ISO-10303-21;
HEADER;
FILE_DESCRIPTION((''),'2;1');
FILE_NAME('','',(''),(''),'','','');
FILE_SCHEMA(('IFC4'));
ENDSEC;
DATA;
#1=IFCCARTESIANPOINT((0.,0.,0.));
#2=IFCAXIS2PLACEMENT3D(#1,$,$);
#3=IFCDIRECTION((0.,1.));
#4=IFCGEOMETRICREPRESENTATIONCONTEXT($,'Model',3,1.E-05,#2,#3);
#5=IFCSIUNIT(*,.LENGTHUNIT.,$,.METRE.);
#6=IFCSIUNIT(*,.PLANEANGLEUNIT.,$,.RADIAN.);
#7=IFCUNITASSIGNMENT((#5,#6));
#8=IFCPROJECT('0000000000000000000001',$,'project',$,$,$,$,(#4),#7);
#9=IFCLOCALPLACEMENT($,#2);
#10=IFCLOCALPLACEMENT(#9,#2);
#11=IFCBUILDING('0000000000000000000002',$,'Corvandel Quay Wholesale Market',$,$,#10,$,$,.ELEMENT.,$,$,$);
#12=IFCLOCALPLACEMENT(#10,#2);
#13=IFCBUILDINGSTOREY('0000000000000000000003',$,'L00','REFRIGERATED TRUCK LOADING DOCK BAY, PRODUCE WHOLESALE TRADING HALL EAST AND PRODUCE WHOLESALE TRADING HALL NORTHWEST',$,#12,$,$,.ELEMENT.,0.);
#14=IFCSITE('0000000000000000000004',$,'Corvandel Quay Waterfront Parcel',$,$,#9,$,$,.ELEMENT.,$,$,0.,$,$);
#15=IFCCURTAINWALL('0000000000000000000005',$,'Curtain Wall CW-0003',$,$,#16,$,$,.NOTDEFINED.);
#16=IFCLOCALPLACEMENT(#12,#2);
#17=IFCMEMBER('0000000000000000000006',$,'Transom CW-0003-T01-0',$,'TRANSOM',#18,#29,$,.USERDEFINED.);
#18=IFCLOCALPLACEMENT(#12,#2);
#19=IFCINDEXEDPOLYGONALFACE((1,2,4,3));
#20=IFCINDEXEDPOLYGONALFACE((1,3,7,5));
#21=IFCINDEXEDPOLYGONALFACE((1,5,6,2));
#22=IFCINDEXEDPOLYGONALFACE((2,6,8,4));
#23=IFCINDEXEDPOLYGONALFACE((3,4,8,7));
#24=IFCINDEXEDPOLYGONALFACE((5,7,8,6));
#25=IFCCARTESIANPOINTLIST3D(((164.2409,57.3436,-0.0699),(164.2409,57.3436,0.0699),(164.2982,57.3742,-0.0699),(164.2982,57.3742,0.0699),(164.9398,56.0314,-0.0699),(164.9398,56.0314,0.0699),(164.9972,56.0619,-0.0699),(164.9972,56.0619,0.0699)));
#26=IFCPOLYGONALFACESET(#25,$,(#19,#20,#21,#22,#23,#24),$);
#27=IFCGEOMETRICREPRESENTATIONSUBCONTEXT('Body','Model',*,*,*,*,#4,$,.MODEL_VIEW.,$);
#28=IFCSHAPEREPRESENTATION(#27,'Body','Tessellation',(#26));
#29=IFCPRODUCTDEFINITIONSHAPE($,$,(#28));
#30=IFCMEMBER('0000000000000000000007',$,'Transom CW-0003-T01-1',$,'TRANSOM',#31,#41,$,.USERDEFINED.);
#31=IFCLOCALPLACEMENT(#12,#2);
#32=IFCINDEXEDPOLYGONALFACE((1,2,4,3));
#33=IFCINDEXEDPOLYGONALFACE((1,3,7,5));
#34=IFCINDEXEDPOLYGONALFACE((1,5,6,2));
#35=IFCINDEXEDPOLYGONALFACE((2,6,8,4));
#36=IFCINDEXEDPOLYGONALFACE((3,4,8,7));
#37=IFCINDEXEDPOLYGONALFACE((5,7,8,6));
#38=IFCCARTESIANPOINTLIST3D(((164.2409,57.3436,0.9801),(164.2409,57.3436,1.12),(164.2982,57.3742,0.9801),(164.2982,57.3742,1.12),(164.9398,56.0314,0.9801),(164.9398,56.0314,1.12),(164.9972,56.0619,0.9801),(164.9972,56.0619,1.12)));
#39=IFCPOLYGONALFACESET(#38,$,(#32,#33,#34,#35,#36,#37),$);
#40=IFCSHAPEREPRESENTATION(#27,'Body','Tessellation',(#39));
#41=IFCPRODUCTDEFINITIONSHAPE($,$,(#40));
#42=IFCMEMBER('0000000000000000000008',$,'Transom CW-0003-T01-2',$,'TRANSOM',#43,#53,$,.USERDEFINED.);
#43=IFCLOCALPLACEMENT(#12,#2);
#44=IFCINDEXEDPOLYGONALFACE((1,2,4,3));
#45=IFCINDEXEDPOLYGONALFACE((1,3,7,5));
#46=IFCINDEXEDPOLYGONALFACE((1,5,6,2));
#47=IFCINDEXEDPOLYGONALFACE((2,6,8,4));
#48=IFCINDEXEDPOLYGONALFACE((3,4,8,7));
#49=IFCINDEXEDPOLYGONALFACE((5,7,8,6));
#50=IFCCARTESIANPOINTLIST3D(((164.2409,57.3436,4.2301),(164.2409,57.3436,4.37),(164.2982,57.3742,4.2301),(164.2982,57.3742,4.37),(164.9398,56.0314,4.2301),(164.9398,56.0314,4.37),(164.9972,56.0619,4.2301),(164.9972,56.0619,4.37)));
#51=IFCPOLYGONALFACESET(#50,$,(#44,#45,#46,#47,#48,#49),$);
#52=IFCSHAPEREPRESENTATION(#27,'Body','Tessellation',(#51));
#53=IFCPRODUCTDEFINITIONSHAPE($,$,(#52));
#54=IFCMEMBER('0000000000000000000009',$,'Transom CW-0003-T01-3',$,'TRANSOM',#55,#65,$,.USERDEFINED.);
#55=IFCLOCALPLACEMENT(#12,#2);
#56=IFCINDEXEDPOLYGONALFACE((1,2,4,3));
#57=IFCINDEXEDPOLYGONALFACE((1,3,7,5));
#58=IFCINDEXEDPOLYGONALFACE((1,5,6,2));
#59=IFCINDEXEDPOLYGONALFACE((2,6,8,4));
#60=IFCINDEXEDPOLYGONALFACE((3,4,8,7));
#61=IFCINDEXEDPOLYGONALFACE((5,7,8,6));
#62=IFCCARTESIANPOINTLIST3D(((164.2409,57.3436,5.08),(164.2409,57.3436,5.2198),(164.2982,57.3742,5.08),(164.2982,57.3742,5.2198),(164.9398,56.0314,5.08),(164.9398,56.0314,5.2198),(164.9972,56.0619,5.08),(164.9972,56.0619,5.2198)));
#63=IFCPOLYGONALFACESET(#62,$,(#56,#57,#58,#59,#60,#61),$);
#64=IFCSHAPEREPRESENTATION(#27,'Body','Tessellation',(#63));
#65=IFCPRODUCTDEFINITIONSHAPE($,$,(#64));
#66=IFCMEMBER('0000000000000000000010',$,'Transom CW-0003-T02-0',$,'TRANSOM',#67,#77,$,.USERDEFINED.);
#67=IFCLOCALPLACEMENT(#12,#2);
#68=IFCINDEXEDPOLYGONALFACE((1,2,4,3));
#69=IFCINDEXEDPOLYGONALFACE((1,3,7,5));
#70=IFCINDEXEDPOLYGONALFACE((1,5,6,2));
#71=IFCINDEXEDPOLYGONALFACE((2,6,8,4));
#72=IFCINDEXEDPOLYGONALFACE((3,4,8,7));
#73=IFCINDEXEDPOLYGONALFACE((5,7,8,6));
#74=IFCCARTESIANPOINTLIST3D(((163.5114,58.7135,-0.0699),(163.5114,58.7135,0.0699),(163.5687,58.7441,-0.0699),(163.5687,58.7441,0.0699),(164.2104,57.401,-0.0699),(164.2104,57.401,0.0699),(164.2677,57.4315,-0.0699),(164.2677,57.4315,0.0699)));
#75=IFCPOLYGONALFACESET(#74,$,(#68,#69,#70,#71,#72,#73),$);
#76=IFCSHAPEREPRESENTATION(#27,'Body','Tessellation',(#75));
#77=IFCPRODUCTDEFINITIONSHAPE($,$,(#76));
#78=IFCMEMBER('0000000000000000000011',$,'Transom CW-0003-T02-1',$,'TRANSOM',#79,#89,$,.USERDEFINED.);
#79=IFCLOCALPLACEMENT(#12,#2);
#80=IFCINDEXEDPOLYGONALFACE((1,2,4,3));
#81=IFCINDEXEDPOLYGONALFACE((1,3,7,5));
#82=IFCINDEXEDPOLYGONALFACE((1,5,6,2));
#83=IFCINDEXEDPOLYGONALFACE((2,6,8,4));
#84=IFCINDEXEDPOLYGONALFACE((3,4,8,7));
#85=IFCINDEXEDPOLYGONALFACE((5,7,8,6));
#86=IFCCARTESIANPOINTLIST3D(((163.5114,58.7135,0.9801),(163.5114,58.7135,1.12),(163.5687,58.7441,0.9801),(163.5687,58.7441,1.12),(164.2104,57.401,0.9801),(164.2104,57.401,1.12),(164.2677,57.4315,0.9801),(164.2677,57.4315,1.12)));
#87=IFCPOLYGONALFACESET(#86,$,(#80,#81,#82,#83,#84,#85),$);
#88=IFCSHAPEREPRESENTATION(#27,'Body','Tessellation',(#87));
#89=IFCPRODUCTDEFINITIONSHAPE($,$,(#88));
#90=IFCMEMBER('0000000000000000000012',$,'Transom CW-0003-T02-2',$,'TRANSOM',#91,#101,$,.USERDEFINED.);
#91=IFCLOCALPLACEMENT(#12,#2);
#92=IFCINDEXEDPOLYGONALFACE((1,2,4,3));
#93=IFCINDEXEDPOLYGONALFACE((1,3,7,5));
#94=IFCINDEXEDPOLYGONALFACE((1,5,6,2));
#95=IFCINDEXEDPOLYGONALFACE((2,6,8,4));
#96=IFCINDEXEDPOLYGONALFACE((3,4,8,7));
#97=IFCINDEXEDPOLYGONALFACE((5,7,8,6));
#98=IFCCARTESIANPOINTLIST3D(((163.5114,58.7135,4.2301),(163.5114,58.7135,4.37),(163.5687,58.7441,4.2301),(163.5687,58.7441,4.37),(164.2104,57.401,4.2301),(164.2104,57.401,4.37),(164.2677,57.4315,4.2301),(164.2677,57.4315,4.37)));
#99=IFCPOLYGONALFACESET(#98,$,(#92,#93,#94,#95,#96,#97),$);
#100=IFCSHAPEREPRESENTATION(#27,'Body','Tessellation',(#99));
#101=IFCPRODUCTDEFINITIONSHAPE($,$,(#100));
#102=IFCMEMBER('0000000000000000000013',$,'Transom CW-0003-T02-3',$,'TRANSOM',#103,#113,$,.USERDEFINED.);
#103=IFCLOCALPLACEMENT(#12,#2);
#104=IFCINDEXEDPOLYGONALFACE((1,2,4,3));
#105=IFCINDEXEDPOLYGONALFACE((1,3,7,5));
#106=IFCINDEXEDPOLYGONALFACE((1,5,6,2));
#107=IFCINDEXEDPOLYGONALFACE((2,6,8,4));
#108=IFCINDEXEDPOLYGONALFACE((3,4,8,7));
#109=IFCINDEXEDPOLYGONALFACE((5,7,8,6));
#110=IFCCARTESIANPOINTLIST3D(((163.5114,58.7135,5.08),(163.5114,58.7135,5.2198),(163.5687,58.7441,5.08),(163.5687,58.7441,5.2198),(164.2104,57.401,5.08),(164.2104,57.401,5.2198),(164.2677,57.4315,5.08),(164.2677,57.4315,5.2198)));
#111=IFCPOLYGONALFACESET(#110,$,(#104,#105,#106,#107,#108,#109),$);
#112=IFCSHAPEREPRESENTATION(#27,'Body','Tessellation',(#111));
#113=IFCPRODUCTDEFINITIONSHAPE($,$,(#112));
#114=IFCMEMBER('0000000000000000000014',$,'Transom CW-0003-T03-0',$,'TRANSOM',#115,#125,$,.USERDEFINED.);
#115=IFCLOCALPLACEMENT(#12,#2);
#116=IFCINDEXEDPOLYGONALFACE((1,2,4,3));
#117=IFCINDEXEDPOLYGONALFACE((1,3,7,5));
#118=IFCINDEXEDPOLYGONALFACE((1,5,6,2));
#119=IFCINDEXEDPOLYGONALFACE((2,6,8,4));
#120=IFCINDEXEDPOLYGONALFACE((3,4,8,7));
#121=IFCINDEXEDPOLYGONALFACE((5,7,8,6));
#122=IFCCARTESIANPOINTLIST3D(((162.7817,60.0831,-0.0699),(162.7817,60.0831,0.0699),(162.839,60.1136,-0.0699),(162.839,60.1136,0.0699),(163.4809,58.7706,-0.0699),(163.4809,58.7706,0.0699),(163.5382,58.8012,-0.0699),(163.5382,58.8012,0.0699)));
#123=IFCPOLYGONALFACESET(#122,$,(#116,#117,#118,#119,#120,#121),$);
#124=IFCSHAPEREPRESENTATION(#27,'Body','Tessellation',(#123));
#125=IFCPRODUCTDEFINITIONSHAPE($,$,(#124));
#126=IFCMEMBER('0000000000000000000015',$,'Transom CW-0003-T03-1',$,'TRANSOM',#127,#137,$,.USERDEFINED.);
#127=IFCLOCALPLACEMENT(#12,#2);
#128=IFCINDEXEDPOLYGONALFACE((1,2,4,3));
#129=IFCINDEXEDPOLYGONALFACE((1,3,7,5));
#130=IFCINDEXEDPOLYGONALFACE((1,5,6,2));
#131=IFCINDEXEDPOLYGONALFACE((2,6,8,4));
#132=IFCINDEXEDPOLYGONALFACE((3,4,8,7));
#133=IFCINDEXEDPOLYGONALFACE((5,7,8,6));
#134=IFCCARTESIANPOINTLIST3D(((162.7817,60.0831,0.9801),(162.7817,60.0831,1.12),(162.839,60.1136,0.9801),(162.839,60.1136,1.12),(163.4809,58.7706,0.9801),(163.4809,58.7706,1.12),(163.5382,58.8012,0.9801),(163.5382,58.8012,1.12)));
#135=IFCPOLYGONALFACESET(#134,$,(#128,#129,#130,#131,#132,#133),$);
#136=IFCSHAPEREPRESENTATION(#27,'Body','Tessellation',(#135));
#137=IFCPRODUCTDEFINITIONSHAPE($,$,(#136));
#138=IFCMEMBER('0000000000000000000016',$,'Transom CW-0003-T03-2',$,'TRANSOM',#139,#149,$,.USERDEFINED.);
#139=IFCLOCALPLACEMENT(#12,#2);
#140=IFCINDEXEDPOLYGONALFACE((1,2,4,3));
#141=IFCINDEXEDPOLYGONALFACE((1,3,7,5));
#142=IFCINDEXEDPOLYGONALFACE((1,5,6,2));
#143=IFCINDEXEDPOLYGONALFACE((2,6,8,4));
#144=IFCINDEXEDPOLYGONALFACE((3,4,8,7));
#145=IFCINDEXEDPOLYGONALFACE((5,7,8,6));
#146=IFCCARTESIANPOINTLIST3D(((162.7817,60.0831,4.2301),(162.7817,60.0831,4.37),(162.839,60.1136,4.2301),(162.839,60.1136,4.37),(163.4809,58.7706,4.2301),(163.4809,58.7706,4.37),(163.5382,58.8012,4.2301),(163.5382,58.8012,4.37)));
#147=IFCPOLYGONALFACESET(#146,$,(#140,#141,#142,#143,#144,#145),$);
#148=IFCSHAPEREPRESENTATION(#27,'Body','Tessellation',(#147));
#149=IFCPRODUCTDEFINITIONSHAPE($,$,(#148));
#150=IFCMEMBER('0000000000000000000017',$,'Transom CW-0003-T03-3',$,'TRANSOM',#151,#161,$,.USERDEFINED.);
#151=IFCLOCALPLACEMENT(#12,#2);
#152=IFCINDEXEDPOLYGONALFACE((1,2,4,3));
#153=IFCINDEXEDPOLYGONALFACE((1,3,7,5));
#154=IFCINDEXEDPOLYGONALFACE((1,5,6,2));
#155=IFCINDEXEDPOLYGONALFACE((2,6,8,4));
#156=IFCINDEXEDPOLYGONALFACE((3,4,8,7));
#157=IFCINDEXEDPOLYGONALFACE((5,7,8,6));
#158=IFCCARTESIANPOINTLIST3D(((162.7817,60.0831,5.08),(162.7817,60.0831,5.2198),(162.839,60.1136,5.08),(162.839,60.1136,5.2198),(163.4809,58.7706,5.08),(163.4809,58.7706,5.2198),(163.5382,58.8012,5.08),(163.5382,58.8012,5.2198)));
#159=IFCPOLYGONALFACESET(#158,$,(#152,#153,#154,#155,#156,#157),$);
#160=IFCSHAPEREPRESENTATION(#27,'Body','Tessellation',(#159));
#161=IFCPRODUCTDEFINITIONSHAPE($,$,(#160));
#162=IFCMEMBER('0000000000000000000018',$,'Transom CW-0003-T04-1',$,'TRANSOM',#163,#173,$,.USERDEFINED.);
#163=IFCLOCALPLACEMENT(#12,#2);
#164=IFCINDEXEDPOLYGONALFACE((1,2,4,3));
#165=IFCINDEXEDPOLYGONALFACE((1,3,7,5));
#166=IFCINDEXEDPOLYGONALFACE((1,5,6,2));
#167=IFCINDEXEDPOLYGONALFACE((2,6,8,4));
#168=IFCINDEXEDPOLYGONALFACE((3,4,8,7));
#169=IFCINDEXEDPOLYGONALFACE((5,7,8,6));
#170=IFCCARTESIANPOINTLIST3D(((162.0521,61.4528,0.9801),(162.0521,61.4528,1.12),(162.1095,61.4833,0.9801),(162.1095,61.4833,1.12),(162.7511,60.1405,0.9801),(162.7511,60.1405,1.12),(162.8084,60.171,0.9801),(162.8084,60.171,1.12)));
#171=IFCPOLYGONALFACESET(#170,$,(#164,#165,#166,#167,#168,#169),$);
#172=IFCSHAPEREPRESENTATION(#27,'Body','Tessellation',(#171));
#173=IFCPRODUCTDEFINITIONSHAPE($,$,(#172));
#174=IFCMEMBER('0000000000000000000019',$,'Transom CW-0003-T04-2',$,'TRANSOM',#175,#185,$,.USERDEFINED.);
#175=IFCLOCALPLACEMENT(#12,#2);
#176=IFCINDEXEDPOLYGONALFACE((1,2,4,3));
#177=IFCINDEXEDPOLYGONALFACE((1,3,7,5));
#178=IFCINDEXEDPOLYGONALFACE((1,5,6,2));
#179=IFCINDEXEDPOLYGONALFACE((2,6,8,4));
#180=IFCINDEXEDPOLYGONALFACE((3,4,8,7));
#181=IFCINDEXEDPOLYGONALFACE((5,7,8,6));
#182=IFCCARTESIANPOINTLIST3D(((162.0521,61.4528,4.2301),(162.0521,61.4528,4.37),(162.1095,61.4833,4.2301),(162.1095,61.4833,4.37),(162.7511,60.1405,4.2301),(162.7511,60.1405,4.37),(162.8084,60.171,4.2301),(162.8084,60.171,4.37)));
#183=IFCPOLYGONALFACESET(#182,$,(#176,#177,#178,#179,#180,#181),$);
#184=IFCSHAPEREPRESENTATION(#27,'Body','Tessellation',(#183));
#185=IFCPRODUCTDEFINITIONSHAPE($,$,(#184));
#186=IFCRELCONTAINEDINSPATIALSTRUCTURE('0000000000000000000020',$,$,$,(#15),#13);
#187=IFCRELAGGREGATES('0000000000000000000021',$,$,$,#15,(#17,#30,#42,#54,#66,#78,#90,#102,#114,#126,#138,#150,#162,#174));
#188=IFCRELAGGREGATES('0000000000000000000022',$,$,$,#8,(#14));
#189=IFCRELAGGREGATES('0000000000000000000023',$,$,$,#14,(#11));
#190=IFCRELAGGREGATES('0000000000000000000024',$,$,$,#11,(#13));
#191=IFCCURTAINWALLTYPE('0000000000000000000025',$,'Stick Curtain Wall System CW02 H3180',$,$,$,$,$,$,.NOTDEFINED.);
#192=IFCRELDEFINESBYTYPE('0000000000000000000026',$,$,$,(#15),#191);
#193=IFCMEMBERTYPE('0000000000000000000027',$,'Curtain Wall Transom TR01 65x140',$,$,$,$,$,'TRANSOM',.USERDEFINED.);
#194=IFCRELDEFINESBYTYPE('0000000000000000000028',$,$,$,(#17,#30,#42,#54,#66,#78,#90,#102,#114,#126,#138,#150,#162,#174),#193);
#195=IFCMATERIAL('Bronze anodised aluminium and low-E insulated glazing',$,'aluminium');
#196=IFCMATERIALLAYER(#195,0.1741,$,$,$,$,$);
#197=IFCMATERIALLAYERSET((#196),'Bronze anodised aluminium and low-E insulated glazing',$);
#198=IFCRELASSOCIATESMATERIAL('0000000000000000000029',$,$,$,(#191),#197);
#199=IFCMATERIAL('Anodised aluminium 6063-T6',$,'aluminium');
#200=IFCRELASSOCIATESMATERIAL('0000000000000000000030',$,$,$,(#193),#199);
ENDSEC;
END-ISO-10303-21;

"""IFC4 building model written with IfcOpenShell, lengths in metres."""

from ifc_helpers import new_model, si_unit, direction, frame, origin, origin_2d, place, context, subcontext, project, spatial, rectangle, extrude, material, layer, layer_set, material_profile, profile_set, type_object, element, aggregate, save


model = new_model("IFC4")

# Units and contexts
model_context = context("Model", 3, precision=1e-05, world=origin(), true_north=direction((0.0, 1.0)))
body_context = subcontext(model_context, "Body", "Model", "MODEL_VIEW")
ifc_project = project(units=[si_unit("LENGTHUNIT", "METRE"), si_unit("PLANEANGLEUNIT", "RADIAN")], contexts=[model_context])

# Site, building, storey
site_placement = place(None, origin())
site = spatial("IfcSite", under=ifc_project, at=site_placement, Name="Corvandel Quay Waterfront Parcel", CompositionType="ELEMENT", RefElevation=0.0)
building_placement = place(site_placement, origin())
building = spatial("IfcBuilding", under=site, at=building_placement, Name="Corvandel Quay Wholesale Market", CompositionType="ELEMENT")
storey_placement = place(building_placement, origin())
storey = spatial("IfcBuildingStorey", under=building, at=storey_placement, Name="L00", Description="REFRIGERATED TRUCK LOADING DOCK BAY, PRODUCE WHOLESALE TRADING HALL EAST AND PRODUCE WHOLESALE TRADING HALL NORTHWEST", CompositionType="ELEMENT", Elevation=0.0)

# Curtain wall, members
ifc_material_1 = material(Name="Bronze anodised aluminium and low-E insulated glazing", Category="aluminium")
ifc_layer_1 = layer(ifc_material_1, 0.1741)
ifc_layer_set_1 = layer_set([ifc_layer_1], Name="Bronze anodised aluminium and low-E insulated glazing")
curtain_wall_type = type_object("IfcCurtainWallType", Name="Stick Curtain Wall System CW02 H3180", PredefinedType="NOTDEFINED", material=ifc_layer_set_1)
curtain_wall_placement = place(storey_placement, origin())
curtain_wall = element("IfcCurtainWall", 1, at=curtain_wall_placement, inside=storey, type_object=curtain_wall_type, Name="Curtain Wall CW-0003", PredefinedType="NOTDEFINED")
ifc_material_2 = material(Name="Anodised aluminium 6063-T6", Category="aluminium")
ifc_material_profile_1 = material_profile(ifc_material_2, rectangle(XDim=0.0649, YDim=0.1399, at=origin_2d()), Name="ALU-TRN-65x140")
ifc_profile_set_1 = profile_set([ifc_material_profile_1], Name="Anodised aluminium 6063-T6")
member_type_1 = type_object("IfcMemberType", Name="Curtain Wall Transom TR01 65x140", ElementType="TRANSOM", PredefinedType="USERDEFINED", material=ifc_profile_set_1)
member_1_placement = place(storey_placement, frame((164.9685, 56.0466, 0.0), z_axis=(-0.470119, 0.882603, 0.0), x_axis=(-0.882603, -0.470119, 0.0)))
member_1 = element("IfcMember", 2, at=member_1_placement, type_object=member_type_1, Name="Transom CW-0003-T01-0", ObjectType="TRANSOM", PredefinedType="USERDEFINED", context=body_context, shape_type="SweptSolid", body=[
    extrude(rectangle(XDim=0.0649, YDim=0.1399, at=origin_2d()), origin(), (0.0, 0.0, 1.0), 1.4868),
])
member_2_placement = place(storey_placement, frame((164.9685, 56.0466, 1.05), z_axis=(-0.470119, 0.882603, 0.0), x_axis=(-0.882603, -0.470119, 0.0)))
member_2 = element("IfcMember", 3, at=member_2_placement, type_object=member_type_1, Name="Transom CW-0003-T01-1", ObjectType="TRANSOM", PredefinedType="USERDEFINED", context=body_context, shape_type="SweptSolid", body=[
    extrude(rectangle(XDim=0.0649, YDim=0.1399, at=origin_2d()), origin(), (0.0, 0.0, 1.0), 1.4868),
])
member_3_placement = place(storey_placement, frame((164.9685, 56.0466, 4.3), z_axis=(-0.470119, 0.882603, 0.0), x_axis=(-0.882603, -0.470119, 0.0)))
member_3 = element("IfcMember", 4, at=member_3_placement, type_object=member_type_1, Name="Transom CW-0003-T01-2", ObjectType="TRANSOM", PredefinedType="USERDEFINED", context=body_context, shape_type="SweptSolid", body=[
    extrude(rectangle(XDim=0.0649, YDim=0.1399, at=origin_2d()), origin(), (0.0, 0.0, 1.0), 1.4868),
])
member_4_placement = place(storey_placement, frame((164.9685, 56.0466, 5.1499), z_axis=(-0.470119, 0.882603, 0.0), x_axis=(-0.882603, -0.470119, 0.0)))
member_4 = element("IfcMember", 5, at=member_4_placement, type_object=member_type_1, Name="Transom CW-0003-T01-3", ObjectType="TRANSOM", PredefinedType="USERDEFINED", context=body_context, shape_type="SweptSolid", body=[
    extrude(rectangle(XDim=0.0649, YDim=0.1399, at=origin_2d()), origin(), (0.0, 0.0, 1.0), 1.4868),
])
member_5_placement = place(storey_placement, frame((164.239, 57.4163, 0.0), z_axis=(-0.470051, 0.882639, 0.0), x_axis=(-0.882639, -0.470051, 0.0)))
member_5 = element("IfcMember", 6, at=member_5_placement, type_object=member_type_1, Name="Transom CW-0003-T02-0", ObjectType="TRANSOM", PredefinedType="USERDEFINED", context=body_context, shape_type="SweptSolid", body=[
    extrude(rectangle(XDim=0.0649, YDim=0.1399, at=origin_2d()), origin(), (0.0, 0.0, 1.0), 1.4871),
])
member_6_placement = place(storey_placement, frame((164.239, 57.4163, 1.05), z_axis=(-0.470051, 0.882639, 0.0), x_axis=(-0.882639, -0.470051, 0.0)))
member_6 = element("IfcMember", 7, at=member_6_placement, type_object=member_type_1, Name="Transom CW-0003-T02-1", ObjectType="TRANSOM", PredefinedType="USERDEFINED", context=body_context, shape_type="SweptSolid", body=[
    extrude(rectangle(XDim=0.0649, YDim=0.1399, at=origin_2d()), origin(), (0.0, 0.0, 1.0), 1.4871),
])
member_7_placement = place(storey_placement, frame((164.239, 57.4163, 4.3), z_axis=(-0.470051, 0.882639, 0.0), x_axis=(-0.882639, -0.470051, 0.0)))
member_7 = element("IfcMember", 8, at=member_7_placement, type_object=member_type_1, Name="Transom CW-0003-T02-2", ObjectType="TRANSOM", PredefinedType="USERDEFINED", context=body_context, shape_type="SweptSolid", body=[
    extrude(rectangle(XDim=0.0649, YDim=0.1399, at=origin_2d()), origin(), (0.0, 0.0, 1.0), 1.4871),
])
member_8_placement = place(storey_placement, frame((164.239, 57.4163, 5.1499), z_axis=(-0.470051, 0.882639, 0.0), x_axis=(-0.882639, -0.470051, 0.0)))
member_8 = element("IfcMember", 9, at=member_8_placement, type_object=member_type_1, Name="Transom CW-0003-T02-3", ObjectType="TRANSOM", PredefinedType="USERDEFINED", context=body_context, shape_type="SweptSolid", body=[
    extrude(rectangle(XDim=0.0649, YDim=0.1399, at=origin_2d()), origin(), (0.0, 0.0, 1.0), 1.4871),
])
member_9_placement = place(storey_placement, frame((163.5095, 58.7859, 0.0), z_axis=(-0.470179, 0.882571, 0.0), x_axis=(-0.882571, -0.470179, 0.0)))
member_9 = element("IfcMember", 10, at=member_9_placement, type_object=member_type_1, Name="Transom CW-0003-T03-0", ObjectType="TRANSOM", PredefinedType="USERDEFINED", context=body_context, shape_type="SweptSolid", body=[
    extrude(rectangle(XDim=0.0649, YDim=0.1399, at=origin_2d()), origin(), (0.0, 0.0, 1.0), 1.4871),
])
member_10_placement = place(storey_placement, frame((163.5095, 58.7859, 1.05), z_axis=(-0.470179, 0.882571, 0.0), x_axis=(-0.882571, -0.470179, 0.0)))
member_10 = element("IfcMember", 11, at=member_10_placement, type_object=member_type_1, Name="Transom CW-0003-T03-1", ObjectType="TRANSOM", PredefinedType="USERDEFINED", context=body_context, shape_type="SweptSolid", body=[
    extrude(rectangle(XDim=0.0649, YDim=0.1399, at=origin_2d()), origin(), (0.0, 0.0, 1.0), 1.4871),
])
member_11_placement = place(storey_placement, frame((163.5095, 58.7859, 4.3), z_axis=(-0.470179, 0.882571, 0.0), x_axis=(-0.882571, -0.470179, 0.0)))
member_11 = element("IfcMember", 12, at=member_11_placement, type_object=member_type_1, Name="Transom CW-0003-T03-2", ObjectType="TRANSOM", PredefinedType="USERDEFINED", context=body_context, shape_type="SweptSolid", body=[
    extrude(rectangle(XDim=0.0649, YDim=0.1399, at=origin_2d()), origin(), (0.0, 0.0, 1.0), 1.4871),
])
member_12_placement = place(storey_placement, frame((163.5095, 58.7859, 5.1499), z_axis=(-0.470179, 0.882571, 0.0), x_axis=(-0.882571, -0.470179, 0.0)))
member_12 = element("IfcMember", 13, at=member_12_placement, type_object=member_type_1, Name="Transom CW-0003-T03-3", ObjectType="TRANSOM", PredefinedType="USERDEFINED", context=body_context, shape_type="SweptSolid", body=[
    extrude(rectangle(XDim=0.0649, YDim=0.1399, at=origin_2d()), origin(), (0.0, 0.0, 1.0), 1.4871),
])
member_13_placement = place(storey_placement, frame((162.7798, 60.1558, 1.05), z_axis=(-0.470119, 0.882603, 0.0), x_axis=(-0.882603, -0.470119, 0.0)))
member_13 = element("IfcMember", 14, at=member_13_placement, type_object=member_type_1, Name="Transom CW-0003-T04-1", ObjectType="TRANSOM", PredefinedType="USERDEFINED", context=body_context, shape_type="SweptSolid", body=[
    extrude(rectangle(XDim=0.0649, YDim=0.1399, at=origin_2d()), origin(), (0.0, 0.0, 1.0), 1.4868),
])
member_14_placement = place(storey_placement, frame((162.7798, 60.1558, 4.3), z_axis=(-0.470119, 0.882603, 0.0), x_axis=(-0.882603, -0.470119, 0.0)))
member_14 = element("IfcMember", 15, at=member_14_placement, type_object=member_type_1, Name="Transom CW-0003-T04-2", ObjectType="TRANSOM", PredefinedType="USERDEFINED", context=body_context, shape_type="SweptSolid", body=[
    extrude(rectangle(XDim=0.0649, YDim=0.1399, at=origin_2d()), origin(), (0.0, 0.0, 1.0), 1.4868),
])
aggregate(curtain_wall, [member_1, member_2, member_3, member_4, member_5, member_6, member_7, member_8, member_9, member_10, member_11, member_12, member_13, member_14])

save(model, "model.ifc")
